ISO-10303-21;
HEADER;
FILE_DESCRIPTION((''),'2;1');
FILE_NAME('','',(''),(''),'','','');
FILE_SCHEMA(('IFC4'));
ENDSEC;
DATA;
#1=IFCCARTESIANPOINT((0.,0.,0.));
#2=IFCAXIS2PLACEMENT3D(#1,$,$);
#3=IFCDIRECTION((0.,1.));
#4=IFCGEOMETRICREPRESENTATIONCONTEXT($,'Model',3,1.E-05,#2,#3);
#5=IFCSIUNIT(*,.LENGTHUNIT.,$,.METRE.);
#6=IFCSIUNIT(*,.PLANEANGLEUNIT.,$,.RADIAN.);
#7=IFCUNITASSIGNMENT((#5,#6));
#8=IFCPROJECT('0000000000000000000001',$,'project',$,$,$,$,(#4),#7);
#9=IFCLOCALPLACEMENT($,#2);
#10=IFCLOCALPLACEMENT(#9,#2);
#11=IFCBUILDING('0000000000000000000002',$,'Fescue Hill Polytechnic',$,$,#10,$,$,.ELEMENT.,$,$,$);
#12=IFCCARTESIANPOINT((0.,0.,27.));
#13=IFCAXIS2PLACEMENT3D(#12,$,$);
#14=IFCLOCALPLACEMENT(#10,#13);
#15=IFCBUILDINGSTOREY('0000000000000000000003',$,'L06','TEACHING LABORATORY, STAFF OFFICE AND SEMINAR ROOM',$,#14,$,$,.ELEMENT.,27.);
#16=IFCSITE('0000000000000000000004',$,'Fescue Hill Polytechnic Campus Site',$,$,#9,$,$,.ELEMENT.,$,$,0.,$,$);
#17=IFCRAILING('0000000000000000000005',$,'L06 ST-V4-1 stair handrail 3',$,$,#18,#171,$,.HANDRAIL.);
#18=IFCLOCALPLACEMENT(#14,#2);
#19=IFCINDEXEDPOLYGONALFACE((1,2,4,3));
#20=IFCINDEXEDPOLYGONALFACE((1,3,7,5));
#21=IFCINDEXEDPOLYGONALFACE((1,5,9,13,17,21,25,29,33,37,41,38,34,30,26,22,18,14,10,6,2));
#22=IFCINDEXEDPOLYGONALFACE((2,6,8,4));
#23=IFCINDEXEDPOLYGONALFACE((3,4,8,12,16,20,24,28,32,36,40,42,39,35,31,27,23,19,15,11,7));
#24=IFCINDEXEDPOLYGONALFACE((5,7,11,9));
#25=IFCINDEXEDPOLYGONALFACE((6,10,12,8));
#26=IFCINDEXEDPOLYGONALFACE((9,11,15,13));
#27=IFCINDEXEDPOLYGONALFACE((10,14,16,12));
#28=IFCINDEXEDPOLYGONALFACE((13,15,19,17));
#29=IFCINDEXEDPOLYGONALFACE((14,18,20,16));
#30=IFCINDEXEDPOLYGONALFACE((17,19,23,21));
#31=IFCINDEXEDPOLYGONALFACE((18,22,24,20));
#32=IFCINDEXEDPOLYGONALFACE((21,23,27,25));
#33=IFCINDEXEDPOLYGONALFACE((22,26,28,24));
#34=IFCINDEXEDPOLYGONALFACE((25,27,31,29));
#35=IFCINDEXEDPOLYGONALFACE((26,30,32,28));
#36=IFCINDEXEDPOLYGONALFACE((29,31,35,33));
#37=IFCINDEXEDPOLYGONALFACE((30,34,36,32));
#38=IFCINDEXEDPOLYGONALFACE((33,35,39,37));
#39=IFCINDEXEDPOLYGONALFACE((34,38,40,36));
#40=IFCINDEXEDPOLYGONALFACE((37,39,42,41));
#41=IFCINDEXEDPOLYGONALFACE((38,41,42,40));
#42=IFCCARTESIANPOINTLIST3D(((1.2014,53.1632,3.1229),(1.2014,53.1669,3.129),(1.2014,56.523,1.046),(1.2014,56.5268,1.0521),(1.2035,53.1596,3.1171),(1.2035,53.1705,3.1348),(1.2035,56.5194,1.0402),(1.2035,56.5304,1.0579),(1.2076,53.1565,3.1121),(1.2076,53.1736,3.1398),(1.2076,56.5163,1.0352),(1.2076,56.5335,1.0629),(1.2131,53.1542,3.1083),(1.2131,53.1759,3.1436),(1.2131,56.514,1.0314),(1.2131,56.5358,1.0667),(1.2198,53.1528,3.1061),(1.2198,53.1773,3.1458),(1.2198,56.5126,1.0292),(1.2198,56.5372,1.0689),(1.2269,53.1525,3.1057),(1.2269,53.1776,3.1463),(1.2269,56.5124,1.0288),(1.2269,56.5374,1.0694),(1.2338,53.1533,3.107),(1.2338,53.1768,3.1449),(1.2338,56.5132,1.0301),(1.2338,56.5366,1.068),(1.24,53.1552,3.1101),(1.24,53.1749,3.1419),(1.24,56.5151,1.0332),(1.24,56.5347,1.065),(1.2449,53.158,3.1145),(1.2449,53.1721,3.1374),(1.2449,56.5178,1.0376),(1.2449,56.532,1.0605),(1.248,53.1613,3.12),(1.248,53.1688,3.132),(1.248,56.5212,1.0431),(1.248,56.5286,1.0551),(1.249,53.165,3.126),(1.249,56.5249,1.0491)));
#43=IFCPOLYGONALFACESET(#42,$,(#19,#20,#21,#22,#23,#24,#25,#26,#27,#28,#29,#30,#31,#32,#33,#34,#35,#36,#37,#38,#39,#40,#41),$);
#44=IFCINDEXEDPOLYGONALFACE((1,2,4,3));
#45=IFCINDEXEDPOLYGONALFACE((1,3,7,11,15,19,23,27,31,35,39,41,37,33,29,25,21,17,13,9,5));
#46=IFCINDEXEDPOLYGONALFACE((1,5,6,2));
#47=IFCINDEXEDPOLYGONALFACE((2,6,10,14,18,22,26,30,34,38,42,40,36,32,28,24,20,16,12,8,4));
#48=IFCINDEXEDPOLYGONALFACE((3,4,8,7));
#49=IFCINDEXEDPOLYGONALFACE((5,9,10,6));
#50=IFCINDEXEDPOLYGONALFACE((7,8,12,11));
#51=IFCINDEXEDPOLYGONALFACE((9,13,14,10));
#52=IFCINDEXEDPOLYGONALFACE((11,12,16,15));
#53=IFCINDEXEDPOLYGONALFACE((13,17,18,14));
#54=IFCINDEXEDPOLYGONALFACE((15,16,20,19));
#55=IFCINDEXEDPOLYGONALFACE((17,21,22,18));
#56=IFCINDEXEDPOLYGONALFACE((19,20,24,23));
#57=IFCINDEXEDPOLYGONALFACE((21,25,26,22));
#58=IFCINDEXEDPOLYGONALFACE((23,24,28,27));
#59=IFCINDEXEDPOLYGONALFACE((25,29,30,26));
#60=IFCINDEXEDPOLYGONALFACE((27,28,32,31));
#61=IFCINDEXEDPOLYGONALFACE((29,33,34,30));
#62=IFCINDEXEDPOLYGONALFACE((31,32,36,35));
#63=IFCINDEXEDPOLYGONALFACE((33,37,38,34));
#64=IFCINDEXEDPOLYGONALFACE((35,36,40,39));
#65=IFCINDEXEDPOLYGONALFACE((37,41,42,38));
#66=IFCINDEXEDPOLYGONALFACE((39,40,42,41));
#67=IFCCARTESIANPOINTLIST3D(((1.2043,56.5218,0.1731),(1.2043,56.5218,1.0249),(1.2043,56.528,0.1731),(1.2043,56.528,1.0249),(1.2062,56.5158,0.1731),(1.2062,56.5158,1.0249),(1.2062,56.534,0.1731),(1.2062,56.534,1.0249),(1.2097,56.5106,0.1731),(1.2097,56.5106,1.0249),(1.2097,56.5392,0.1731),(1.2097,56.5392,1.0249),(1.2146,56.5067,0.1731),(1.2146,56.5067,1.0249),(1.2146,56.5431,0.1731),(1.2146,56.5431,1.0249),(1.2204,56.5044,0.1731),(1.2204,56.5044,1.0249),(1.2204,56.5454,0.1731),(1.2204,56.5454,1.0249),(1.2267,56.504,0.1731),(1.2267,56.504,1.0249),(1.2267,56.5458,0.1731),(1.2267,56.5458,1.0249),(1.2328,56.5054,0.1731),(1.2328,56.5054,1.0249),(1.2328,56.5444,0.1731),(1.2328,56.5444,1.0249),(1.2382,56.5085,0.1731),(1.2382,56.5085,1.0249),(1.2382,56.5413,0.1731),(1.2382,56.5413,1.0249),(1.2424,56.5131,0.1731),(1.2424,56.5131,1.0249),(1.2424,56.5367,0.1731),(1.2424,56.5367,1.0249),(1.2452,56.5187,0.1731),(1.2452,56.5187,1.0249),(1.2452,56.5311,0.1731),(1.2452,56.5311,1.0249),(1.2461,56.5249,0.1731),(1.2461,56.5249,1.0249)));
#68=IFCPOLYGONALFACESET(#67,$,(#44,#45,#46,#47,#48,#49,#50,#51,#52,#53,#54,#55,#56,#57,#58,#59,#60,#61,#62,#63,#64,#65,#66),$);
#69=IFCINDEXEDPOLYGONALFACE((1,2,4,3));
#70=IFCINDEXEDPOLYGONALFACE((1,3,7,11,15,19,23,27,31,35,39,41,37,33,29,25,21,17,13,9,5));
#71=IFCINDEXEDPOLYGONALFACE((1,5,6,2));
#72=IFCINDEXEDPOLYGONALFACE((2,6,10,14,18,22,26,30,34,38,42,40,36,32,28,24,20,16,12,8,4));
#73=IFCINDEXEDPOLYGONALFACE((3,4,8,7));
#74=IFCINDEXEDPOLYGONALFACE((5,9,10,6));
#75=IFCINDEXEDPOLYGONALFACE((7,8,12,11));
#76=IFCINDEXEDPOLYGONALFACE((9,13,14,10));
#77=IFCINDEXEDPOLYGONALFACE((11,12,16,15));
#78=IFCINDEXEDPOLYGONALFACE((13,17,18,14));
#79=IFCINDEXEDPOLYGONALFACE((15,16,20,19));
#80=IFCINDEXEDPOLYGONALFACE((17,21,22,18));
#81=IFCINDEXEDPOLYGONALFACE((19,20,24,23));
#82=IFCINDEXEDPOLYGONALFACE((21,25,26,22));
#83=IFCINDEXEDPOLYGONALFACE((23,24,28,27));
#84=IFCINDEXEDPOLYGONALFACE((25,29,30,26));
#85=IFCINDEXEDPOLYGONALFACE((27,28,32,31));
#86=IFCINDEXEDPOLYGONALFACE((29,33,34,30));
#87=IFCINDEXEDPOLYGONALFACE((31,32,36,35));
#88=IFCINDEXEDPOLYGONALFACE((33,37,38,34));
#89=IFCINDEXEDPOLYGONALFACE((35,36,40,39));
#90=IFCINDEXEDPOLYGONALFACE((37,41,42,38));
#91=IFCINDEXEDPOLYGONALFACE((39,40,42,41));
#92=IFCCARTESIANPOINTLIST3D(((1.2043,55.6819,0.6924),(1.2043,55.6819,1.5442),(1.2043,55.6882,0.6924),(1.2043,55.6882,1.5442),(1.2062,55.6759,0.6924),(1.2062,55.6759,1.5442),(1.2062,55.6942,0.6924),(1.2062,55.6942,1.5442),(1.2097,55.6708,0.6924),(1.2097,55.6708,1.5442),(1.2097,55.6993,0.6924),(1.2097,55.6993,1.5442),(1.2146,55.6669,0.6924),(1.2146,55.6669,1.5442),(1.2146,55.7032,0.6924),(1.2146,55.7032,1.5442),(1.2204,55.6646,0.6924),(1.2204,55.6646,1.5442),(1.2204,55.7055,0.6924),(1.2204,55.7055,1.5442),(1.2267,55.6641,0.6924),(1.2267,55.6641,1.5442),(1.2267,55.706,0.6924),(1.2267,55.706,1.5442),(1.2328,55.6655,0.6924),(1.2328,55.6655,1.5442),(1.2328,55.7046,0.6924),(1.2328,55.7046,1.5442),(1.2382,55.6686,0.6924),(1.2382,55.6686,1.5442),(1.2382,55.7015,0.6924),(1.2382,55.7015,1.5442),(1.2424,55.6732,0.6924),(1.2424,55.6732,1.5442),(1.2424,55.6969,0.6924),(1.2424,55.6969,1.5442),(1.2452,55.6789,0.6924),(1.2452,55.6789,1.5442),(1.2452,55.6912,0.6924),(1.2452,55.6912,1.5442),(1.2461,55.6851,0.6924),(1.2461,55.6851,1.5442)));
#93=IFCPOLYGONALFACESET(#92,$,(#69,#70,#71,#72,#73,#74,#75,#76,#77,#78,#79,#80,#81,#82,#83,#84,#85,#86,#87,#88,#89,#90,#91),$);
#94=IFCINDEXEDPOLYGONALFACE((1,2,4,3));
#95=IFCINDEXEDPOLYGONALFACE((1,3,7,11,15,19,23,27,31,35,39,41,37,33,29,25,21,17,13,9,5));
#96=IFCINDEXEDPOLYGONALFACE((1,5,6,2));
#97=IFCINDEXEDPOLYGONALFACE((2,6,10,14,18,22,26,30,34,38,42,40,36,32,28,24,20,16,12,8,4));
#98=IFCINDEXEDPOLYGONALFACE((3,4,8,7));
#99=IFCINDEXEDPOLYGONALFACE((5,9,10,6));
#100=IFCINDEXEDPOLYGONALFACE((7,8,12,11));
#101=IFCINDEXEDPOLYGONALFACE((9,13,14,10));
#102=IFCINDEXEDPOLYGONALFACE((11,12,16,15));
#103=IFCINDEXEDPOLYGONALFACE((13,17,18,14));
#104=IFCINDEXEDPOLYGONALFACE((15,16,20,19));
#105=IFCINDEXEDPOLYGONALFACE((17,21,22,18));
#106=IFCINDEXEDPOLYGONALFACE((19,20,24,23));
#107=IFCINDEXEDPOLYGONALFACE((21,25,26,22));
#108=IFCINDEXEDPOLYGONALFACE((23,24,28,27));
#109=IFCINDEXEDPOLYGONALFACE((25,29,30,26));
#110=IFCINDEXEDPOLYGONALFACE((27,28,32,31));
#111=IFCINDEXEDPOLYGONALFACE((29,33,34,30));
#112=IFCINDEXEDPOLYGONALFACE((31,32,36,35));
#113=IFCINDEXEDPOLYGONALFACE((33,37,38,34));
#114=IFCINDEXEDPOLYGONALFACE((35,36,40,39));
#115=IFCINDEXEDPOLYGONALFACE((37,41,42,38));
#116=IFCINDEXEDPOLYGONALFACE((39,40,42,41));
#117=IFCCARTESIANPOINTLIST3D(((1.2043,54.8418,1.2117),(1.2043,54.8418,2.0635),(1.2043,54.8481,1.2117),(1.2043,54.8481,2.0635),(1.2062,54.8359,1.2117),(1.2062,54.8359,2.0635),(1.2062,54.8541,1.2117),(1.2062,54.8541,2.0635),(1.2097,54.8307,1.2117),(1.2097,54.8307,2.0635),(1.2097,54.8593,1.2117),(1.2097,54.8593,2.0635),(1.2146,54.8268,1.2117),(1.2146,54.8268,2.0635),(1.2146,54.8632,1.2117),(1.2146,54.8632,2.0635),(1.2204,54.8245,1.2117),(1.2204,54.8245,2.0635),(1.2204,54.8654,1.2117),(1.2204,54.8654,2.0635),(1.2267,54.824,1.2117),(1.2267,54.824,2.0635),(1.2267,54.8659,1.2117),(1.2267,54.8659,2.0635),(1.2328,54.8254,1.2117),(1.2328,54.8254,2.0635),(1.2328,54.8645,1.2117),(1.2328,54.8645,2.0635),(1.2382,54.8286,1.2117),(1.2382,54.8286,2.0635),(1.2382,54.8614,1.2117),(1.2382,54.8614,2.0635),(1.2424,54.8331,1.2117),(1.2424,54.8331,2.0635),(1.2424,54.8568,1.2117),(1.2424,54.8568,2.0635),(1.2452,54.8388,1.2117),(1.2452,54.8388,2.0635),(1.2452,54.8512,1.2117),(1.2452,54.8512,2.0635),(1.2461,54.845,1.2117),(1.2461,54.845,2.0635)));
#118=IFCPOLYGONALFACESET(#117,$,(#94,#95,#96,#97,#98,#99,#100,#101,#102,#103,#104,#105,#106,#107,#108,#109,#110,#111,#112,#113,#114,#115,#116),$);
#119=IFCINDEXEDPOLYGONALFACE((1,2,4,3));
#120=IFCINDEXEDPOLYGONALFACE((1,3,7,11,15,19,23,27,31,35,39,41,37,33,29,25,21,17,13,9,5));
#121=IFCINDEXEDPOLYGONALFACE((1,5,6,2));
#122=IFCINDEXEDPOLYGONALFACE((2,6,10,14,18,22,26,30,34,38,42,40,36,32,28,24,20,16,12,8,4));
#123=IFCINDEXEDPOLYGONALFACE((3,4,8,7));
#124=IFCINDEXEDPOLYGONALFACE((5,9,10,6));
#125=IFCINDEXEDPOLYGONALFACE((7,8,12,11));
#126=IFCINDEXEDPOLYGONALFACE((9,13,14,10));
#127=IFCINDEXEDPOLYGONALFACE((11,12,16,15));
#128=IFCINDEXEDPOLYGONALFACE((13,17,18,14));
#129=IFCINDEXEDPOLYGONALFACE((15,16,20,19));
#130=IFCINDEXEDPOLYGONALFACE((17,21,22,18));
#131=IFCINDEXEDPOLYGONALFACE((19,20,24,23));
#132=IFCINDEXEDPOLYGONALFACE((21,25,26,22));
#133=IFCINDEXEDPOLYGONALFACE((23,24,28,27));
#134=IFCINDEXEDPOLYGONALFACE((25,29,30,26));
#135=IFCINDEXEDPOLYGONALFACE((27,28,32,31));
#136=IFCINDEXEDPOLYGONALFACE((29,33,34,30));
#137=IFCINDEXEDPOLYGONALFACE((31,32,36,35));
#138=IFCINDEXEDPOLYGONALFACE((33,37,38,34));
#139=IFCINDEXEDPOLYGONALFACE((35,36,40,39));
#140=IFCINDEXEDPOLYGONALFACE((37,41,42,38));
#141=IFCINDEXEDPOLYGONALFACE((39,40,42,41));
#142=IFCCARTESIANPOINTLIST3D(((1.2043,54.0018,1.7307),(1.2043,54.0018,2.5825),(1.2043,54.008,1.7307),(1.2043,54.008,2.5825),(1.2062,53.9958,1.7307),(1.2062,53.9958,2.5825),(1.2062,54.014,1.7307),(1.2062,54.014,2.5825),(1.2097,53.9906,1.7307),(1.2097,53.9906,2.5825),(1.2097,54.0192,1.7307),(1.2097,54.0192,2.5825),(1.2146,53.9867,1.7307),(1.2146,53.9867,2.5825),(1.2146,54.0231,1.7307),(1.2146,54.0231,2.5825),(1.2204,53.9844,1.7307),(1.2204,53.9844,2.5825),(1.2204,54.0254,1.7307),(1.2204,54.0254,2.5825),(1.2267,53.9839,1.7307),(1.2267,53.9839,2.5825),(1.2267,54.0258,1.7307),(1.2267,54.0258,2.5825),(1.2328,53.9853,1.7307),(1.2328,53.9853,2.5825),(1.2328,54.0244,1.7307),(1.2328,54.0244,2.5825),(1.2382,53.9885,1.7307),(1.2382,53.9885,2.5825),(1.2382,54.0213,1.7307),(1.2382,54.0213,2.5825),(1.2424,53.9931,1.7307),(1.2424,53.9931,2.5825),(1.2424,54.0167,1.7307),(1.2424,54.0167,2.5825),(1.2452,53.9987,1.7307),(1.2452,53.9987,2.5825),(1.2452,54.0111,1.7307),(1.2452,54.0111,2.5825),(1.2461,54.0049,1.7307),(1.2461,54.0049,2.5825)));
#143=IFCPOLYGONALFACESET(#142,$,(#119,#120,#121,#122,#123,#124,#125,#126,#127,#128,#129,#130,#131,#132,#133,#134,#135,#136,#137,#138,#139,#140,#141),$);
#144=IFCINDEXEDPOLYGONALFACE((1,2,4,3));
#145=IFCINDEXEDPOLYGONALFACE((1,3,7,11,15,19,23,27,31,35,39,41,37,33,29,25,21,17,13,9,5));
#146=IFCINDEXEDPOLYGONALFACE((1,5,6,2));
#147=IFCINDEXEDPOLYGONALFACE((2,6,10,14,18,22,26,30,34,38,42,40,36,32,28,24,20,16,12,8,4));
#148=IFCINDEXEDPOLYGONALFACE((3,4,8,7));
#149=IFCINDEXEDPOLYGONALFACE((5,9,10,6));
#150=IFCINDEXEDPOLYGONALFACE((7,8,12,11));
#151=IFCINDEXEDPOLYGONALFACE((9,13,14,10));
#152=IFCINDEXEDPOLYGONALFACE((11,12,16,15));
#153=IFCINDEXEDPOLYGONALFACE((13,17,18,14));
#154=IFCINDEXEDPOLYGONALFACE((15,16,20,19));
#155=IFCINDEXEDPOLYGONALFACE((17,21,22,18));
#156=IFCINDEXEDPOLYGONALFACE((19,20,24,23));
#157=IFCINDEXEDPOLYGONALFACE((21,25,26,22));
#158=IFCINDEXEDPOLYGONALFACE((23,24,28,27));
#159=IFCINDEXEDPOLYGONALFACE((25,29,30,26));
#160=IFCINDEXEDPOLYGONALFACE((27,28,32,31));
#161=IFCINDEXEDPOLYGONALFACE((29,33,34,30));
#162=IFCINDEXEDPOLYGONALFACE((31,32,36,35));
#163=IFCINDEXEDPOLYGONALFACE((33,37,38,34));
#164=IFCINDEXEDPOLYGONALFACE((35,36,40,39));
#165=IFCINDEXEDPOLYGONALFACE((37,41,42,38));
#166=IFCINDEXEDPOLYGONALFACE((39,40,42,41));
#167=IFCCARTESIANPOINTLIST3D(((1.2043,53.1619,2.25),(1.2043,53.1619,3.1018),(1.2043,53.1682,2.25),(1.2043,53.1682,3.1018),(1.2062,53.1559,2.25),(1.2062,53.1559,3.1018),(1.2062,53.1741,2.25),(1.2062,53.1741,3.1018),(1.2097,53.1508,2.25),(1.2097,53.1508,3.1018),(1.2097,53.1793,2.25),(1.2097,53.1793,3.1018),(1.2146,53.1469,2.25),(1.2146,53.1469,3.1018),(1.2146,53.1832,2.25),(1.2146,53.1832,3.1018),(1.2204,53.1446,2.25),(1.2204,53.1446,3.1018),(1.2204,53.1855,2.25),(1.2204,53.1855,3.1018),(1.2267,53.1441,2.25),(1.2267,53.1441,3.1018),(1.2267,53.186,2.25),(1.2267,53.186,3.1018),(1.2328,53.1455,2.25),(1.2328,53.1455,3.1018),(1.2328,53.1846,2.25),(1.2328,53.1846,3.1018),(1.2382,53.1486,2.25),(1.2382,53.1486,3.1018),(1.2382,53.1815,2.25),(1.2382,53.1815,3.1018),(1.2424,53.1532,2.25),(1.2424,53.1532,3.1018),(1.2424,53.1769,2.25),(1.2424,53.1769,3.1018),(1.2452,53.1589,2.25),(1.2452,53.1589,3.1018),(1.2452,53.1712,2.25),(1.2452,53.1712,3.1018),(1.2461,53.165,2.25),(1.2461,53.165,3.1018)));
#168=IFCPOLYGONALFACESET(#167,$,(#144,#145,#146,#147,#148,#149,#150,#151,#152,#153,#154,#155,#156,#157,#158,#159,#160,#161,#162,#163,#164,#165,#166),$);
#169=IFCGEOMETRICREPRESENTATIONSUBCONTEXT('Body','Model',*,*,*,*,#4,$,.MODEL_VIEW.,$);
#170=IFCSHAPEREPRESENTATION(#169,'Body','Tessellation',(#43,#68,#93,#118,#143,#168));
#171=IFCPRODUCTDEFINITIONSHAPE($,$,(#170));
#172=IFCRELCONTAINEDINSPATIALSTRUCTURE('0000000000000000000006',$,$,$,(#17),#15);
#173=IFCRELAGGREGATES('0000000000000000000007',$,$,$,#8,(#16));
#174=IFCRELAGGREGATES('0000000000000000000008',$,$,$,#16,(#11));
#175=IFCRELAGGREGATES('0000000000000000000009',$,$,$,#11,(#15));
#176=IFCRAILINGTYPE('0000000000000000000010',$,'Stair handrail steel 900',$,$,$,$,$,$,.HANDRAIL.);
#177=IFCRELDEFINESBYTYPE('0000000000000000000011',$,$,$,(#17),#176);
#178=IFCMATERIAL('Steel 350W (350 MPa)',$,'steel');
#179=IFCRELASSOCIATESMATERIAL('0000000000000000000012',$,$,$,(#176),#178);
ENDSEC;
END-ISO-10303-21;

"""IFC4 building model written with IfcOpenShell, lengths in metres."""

from ifc_helpers import new_model, si_unit, direction, frame, origin, origin_2d, place, context, subcontext, project, spatial, circle, extrude, material, type_object, element, save


model = new_model("IFC4")

# Units and contexts
model_context = context("Model", 3, precision=1e-05, world=origin(), true_north=direction((0.0, 1.0)))
body_context = subcontext(model_context, "Body", "Model", "MODEL_VIEW")
ifc_project = project(units=[si_unit("LENGTHUNIT", "METRE"), si_unit("PLANEANGLEUNIT", "RADIAN")], contexts=[model_context])

# Site, building, storey
site_placement = place(None, origin())
site = spatial("IfcSite", under=ifc_project, at=site_placement, Name="Fescue Hill Polytechnic Campus Site", CompositionType="ELEMENT", RefElevation=0.0)
building_placement = place(site_placement, origin())
building = spatial("IfcBuilding", under=site, at=building_placement, Name="Fescue Hill Polytechnic", CompositionType="ELEMENT")
storey_placement = place(building_placement, frame((0.0, 0.0, 27.0)))
storey = spatial("IfcBuildingStorey", under=building, at=storey_placement, Name="L06", Description="TEACHING LABORATORY, STAFF OFFICE AND SEMINAR ROOM", CompositionType="ELEMENT", Elevation=27.0)

# Railing
ifc_material_1 = material(Name="Steel 350W (350 MPa)", Category="steel")
railing_type_1 = type_object("IfcRailingType", Name="Stair handrail steel 900", PredefinedType="HANDRAIL", material=ifc_material_1)
for number, where, name in (
    (1, (1.2251, 56.5249, 0.1731), "L06 ST-V4-1 stair handrail 3"),
):
    element("IfcRailing", number, at=place(storey_placement, frame(where)), inside=storey, type_object=railing_type_1, Name=name, PredefinedType="HANDRAIL", context=body_context, shape_type="SweptSolid", body=[
        extrude(circle(Radius=0.0239, at=origin_2d()), frame((0.0, 0.0, 0.876), z_axis=(0.0, -0.850606, 0.525803), x_axis=(1.0, 0.0, 0.0)), (0.0, 0.0, 1.0), 3.95),
        extrude(circle(Radius=0.021, at=origin_2d()), origin(), (0.0, 0.0, 1.0), 0.8518),
        extrude(circle(Radius=0.021, at=origin_2d()), frame((0.0, -0.8398, 0.5193)), (0.0, 0.0, 1.0), 0.8518),
        extrude(circle(Radius=0.021, at=origin_2d()), frame((0.0, -1.6799, 1.0386)), (0.0, 0.0, 1.0), 0.8518),
        extrude(circle(Radius=0.021, at=origin_2d()), frame((0.0, -2.52, 1.5576)), (0.0, 0.0, 1.0), 0.8518),
        extrude(circle(Radius=0.021, at=origin_2d()), frame((0.0, -3.3599, 2.0769)), (0.0, 0.0, 1.0), 0.8518),
    ])

save(model, "model.ifc")
